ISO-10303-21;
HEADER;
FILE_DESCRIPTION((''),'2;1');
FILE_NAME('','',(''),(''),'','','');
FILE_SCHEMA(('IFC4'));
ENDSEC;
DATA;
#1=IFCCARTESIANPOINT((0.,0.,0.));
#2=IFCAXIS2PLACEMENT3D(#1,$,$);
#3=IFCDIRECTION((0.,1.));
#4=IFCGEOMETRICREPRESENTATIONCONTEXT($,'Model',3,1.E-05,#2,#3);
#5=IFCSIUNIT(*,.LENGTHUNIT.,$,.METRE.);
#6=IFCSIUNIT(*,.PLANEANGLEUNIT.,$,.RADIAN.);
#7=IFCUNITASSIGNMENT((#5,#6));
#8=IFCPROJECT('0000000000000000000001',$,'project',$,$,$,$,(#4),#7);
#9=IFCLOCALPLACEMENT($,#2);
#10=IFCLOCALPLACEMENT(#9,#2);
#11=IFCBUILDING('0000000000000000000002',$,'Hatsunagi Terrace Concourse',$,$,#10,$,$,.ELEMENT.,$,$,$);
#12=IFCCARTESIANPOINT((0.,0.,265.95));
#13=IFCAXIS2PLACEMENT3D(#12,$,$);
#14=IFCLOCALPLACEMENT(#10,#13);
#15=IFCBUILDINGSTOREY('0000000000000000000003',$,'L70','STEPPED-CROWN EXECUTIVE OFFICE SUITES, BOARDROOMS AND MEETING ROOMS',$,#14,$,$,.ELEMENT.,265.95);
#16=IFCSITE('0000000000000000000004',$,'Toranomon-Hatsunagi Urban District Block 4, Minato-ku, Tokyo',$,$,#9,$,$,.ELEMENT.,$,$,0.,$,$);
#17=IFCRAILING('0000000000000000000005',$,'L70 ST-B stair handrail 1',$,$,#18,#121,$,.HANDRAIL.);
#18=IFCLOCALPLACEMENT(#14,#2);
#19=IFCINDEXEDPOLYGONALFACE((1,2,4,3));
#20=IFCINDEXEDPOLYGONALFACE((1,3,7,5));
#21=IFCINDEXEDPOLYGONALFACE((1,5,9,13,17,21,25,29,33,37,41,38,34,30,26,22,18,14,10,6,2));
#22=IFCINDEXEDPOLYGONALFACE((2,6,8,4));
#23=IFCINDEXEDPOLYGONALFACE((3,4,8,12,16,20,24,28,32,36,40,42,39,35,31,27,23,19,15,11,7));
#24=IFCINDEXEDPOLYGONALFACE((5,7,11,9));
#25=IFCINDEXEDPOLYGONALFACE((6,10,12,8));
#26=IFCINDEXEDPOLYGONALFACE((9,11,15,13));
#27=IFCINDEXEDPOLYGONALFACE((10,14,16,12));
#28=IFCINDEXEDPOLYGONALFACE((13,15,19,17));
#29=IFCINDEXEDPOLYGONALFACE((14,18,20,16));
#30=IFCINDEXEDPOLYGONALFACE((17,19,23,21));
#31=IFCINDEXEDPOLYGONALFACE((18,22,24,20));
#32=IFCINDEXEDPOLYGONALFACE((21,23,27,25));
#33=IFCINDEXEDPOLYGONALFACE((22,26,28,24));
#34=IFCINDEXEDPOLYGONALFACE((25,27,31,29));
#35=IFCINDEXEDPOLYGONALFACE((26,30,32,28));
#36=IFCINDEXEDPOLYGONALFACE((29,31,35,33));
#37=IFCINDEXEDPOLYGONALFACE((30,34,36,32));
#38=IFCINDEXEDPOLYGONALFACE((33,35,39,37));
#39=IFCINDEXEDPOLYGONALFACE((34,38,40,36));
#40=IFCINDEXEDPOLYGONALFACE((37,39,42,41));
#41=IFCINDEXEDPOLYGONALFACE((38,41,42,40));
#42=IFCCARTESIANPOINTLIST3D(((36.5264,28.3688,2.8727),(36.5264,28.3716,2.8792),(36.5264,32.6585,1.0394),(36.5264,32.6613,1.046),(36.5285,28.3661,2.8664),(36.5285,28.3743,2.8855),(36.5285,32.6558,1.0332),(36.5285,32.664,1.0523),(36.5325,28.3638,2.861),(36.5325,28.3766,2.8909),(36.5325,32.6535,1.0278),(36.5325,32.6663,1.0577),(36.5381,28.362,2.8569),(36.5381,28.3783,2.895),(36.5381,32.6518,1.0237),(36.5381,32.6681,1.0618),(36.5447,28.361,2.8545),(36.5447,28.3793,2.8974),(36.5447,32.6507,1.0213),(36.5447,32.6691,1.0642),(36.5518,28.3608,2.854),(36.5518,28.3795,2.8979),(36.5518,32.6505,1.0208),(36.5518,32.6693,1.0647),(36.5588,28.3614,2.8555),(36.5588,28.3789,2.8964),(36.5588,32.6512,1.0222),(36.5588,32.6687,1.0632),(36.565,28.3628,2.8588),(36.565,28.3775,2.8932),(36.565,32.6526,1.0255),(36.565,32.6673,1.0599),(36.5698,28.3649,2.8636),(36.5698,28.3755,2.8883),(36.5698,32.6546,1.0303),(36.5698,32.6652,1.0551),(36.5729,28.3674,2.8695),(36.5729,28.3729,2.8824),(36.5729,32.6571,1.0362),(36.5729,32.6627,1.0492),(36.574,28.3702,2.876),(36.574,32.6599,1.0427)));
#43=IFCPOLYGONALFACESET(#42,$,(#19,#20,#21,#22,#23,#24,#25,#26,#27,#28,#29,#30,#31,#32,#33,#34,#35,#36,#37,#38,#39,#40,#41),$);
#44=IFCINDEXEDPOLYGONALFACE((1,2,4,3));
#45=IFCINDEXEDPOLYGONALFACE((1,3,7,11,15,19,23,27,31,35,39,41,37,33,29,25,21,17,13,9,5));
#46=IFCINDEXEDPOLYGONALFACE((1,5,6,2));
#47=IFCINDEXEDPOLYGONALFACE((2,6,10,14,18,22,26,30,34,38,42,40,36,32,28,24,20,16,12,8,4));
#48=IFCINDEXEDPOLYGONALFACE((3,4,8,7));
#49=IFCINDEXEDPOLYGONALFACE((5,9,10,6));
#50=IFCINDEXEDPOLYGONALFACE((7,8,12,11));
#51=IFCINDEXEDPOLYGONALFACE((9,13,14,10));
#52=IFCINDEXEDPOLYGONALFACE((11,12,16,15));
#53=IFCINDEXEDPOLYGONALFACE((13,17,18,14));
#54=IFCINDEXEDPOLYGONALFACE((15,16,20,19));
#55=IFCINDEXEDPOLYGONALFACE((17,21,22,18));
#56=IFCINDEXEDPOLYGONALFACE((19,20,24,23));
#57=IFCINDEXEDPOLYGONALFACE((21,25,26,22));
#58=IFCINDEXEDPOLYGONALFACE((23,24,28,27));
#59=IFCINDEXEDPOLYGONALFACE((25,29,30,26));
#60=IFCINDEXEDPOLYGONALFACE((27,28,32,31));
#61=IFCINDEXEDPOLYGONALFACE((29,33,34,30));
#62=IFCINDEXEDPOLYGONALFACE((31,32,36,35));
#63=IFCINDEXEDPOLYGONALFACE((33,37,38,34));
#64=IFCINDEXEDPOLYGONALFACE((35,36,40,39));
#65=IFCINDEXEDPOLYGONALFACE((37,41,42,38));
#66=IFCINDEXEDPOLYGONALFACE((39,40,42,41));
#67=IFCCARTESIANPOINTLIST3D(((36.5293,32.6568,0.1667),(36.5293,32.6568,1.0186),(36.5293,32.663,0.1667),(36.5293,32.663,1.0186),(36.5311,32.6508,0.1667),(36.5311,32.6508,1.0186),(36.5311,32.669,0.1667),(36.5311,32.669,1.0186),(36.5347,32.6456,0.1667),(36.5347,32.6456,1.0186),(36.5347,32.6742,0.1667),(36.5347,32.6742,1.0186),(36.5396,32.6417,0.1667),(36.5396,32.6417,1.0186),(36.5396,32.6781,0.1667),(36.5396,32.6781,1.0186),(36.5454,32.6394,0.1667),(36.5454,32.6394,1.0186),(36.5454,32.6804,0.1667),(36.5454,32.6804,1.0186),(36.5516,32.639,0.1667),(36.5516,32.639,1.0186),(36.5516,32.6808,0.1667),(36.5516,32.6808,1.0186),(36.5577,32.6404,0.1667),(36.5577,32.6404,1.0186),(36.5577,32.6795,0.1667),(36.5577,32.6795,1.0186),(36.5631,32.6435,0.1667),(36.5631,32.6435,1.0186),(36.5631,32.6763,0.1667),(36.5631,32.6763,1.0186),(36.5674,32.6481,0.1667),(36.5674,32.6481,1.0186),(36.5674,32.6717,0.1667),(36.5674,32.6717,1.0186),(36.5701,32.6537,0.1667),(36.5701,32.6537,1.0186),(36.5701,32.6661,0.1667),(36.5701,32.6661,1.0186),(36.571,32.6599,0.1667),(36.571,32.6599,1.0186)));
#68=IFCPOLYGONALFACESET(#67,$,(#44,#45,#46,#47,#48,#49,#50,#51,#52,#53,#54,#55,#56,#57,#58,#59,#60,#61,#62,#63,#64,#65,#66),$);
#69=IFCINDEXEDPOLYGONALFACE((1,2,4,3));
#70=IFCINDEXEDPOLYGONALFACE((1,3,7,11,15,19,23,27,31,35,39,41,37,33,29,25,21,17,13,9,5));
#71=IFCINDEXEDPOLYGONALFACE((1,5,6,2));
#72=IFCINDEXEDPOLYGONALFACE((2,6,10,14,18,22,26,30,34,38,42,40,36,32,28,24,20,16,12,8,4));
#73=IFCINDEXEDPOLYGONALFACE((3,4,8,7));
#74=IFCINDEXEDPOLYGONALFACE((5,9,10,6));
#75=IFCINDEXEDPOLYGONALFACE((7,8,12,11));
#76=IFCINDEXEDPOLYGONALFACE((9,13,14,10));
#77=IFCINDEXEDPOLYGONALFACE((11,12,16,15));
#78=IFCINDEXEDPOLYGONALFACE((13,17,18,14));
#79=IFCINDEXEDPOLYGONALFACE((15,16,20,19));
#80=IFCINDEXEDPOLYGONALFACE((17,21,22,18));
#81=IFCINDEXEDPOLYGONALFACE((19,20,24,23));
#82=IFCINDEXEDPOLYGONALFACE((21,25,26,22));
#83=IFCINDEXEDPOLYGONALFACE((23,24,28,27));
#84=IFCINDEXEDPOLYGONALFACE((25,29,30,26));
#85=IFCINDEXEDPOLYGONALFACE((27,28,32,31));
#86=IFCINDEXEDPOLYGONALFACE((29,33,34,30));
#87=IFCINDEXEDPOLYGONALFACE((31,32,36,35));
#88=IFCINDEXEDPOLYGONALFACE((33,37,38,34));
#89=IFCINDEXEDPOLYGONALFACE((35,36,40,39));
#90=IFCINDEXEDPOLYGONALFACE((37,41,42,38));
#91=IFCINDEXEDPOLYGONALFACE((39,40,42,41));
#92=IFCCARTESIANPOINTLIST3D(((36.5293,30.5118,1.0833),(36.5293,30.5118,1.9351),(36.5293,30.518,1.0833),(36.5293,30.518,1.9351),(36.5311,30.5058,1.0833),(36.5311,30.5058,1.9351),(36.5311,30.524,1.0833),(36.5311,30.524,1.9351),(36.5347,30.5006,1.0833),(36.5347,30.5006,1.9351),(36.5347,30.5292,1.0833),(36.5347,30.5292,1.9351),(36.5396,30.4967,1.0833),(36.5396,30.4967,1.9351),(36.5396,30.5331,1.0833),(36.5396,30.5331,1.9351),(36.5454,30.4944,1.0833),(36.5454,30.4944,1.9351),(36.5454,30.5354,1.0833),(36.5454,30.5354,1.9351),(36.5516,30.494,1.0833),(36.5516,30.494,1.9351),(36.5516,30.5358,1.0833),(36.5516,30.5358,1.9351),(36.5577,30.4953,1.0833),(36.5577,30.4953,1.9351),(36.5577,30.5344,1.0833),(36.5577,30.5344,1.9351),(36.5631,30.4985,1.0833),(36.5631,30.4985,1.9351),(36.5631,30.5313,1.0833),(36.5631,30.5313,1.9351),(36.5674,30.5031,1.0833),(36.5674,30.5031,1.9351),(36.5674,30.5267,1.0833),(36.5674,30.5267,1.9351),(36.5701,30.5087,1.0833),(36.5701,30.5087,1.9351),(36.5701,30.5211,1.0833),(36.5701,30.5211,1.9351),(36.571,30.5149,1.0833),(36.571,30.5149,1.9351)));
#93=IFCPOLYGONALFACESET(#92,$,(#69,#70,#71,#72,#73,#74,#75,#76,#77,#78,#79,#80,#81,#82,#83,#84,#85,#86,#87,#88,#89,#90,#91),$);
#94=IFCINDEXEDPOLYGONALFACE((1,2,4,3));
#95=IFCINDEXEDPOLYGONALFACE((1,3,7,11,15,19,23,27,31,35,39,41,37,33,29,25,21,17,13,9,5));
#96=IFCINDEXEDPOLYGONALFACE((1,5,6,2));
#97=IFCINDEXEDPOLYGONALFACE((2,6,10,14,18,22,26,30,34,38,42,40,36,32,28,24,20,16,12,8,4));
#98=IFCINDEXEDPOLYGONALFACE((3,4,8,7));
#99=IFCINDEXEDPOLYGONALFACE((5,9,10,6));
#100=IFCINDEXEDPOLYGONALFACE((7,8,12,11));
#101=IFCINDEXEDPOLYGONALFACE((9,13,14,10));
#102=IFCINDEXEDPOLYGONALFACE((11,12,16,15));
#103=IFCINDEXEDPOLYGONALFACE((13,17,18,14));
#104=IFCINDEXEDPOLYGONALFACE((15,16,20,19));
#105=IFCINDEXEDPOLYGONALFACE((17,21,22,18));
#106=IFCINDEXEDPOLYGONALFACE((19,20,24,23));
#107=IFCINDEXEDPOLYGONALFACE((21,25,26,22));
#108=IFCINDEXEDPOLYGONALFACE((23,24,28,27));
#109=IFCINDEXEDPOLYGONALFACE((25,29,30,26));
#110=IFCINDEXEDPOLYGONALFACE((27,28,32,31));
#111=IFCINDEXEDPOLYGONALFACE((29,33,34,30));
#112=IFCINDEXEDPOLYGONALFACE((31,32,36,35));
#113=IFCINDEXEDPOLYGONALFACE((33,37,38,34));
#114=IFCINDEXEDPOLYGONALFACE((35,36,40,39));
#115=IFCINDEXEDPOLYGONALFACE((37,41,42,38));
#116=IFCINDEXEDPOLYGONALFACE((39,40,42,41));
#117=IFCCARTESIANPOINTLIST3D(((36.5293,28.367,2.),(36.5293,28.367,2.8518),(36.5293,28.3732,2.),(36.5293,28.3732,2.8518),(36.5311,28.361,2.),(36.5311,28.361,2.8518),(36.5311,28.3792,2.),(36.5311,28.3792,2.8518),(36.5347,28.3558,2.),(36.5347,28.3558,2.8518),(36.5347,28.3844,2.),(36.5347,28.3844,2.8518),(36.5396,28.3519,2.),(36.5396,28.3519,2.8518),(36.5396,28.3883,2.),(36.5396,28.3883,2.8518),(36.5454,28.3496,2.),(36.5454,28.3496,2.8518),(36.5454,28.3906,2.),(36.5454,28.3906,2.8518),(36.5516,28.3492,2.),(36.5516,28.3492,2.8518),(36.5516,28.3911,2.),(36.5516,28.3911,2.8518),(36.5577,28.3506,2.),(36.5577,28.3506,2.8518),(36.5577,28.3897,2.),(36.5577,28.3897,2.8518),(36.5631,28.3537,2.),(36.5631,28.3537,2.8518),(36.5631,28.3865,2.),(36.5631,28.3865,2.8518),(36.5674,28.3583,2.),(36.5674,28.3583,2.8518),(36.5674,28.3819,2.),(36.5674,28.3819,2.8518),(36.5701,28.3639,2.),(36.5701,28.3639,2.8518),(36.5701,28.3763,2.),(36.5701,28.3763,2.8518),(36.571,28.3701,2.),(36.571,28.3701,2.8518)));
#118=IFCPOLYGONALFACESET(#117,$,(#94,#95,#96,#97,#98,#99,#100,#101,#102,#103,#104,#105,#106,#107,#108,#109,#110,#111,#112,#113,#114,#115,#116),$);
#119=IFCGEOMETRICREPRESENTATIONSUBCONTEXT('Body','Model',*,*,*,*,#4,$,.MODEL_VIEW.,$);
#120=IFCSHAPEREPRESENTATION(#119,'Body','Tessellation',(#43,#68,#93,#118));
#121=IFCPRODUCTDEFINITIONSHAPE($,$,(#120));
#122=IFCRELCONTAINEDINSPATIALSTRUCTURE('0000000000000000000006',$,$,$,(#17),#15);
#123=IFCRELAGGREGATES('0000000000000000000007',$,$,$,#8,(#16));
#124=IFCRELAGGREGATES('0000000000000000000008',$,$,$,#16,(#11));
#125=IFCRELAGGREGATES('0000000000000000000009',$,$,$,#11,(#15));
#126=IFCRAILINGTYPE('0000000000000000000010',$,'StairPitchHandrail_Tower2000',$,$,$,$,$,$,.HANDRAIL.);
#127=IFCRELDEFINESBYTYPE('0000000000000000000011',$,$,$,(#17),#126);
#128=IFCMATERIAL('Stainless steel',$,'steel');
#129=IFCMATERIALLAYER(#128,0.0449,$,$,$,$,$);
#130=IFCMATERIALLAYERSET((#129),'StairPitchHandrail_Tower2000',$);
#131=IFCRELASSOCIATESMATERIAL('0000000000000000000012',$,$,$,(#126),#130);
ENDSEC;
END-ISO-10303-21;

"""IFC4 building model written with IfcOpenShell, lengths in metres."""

from ifc_helpers import new_model, si_unit, direction, frame, origin, origin_2d, place, context, subcontext, project, spatial, circle, extrude, material, layer, layer_set, type_object, element, save


model = new_model("IFC4")

# Units and contexts
model_context = context("Model", 3, precision=1e-05, world=origin(), true_north=direction((0.0, 1.0)))
body_context = subcontext(model_context, "Body", "Model", "MODEL_VIEW")
ifc_project = project(units=[si_unit("LENGTHUNIT", "METRE"), si_unit("PLANEANGLEUNIT", "RADIAN")], contexts=[model_context])

# Site, building, storey
site_placement = place(None, origin())
site = spatial("IfcSite", under=ifc_project, at=site_placement, Name="Toranomon-Hatsunagi Urban District Block 4, Minato-ku, Tokyo", CompositionType="ELEMENT", RefElevation=0.0)
building_placement = place(site_placement, origin())
building = spatial("IfcBuilding", under=site, at=building_placement, Name="Hatsunagi Terrace Concourse", CompositionType="ELEMENT")
storey_placement = place(building_placement, frame((0.0, 0.0, 265.95)))
storey = spatial("IfcBuildingStorey", under=building, at=storey_placement, Name="L70", Description="STEPPED-CROWN EXECUTIVE OFFICE SUITES, BOARDROOMS AND MEETING ROOMS", CompositionType="ELEMENT", Elevation=265.95)

# Railing
ifc_material_1 = material(Name="Stainless steel", Category="steel")
ifc_layer_1 = layer(ifc_material_1, 0.0449)
ifc_layer_set_1 = layer_set([ifc_layer_1], Name="StairPitchHandrail_Tower2000")
railing_type_1 = type_object("IfcRailingType", Name="StairPitchHandrail_Tower2000", PredefinedType="HANDRAIL", material=ifc_layer_set_1)
railing_1_placement = place(storey_placement, frame((36.55, 32.6599, 0.1667)))
element("IfcRailing", 1, at=railing_1_placement, inside=storey, type_object=railing_type_1, Name="L70 ST-B stair handrail 1", PredefinedType="HANDRAIL", context=body_context, shape_type="SweptSolid", body=[
    extrude(circle(Radius=0.0239, at=origin_2d()), frame((0.0, 0.0, 0.876), z_axis=(0.0, -0.919551, 0.392972), x_axis=(1.0, 0.0, 0.0)), (0.0, 0.0, 1.0), 4.665),
    extrude(circle(Radius=0.021, at=origin_2d()), origin(), (0.0, 0.0, 1.0), 0.8518),
    extrude(circle(Radius=0.021, at=origin_2d()), frame((0.0, -2.145, 0.9165)), (0.0, 0.0, 1.0), 0.8518),
    extrude(circle(Radius=0.021, at=origin_2d()), frame((0.0, -4.2898, 1.8333)), (0.0, 0.0, 1.0), 0.8518),
])

save(model, "model.ifc")
